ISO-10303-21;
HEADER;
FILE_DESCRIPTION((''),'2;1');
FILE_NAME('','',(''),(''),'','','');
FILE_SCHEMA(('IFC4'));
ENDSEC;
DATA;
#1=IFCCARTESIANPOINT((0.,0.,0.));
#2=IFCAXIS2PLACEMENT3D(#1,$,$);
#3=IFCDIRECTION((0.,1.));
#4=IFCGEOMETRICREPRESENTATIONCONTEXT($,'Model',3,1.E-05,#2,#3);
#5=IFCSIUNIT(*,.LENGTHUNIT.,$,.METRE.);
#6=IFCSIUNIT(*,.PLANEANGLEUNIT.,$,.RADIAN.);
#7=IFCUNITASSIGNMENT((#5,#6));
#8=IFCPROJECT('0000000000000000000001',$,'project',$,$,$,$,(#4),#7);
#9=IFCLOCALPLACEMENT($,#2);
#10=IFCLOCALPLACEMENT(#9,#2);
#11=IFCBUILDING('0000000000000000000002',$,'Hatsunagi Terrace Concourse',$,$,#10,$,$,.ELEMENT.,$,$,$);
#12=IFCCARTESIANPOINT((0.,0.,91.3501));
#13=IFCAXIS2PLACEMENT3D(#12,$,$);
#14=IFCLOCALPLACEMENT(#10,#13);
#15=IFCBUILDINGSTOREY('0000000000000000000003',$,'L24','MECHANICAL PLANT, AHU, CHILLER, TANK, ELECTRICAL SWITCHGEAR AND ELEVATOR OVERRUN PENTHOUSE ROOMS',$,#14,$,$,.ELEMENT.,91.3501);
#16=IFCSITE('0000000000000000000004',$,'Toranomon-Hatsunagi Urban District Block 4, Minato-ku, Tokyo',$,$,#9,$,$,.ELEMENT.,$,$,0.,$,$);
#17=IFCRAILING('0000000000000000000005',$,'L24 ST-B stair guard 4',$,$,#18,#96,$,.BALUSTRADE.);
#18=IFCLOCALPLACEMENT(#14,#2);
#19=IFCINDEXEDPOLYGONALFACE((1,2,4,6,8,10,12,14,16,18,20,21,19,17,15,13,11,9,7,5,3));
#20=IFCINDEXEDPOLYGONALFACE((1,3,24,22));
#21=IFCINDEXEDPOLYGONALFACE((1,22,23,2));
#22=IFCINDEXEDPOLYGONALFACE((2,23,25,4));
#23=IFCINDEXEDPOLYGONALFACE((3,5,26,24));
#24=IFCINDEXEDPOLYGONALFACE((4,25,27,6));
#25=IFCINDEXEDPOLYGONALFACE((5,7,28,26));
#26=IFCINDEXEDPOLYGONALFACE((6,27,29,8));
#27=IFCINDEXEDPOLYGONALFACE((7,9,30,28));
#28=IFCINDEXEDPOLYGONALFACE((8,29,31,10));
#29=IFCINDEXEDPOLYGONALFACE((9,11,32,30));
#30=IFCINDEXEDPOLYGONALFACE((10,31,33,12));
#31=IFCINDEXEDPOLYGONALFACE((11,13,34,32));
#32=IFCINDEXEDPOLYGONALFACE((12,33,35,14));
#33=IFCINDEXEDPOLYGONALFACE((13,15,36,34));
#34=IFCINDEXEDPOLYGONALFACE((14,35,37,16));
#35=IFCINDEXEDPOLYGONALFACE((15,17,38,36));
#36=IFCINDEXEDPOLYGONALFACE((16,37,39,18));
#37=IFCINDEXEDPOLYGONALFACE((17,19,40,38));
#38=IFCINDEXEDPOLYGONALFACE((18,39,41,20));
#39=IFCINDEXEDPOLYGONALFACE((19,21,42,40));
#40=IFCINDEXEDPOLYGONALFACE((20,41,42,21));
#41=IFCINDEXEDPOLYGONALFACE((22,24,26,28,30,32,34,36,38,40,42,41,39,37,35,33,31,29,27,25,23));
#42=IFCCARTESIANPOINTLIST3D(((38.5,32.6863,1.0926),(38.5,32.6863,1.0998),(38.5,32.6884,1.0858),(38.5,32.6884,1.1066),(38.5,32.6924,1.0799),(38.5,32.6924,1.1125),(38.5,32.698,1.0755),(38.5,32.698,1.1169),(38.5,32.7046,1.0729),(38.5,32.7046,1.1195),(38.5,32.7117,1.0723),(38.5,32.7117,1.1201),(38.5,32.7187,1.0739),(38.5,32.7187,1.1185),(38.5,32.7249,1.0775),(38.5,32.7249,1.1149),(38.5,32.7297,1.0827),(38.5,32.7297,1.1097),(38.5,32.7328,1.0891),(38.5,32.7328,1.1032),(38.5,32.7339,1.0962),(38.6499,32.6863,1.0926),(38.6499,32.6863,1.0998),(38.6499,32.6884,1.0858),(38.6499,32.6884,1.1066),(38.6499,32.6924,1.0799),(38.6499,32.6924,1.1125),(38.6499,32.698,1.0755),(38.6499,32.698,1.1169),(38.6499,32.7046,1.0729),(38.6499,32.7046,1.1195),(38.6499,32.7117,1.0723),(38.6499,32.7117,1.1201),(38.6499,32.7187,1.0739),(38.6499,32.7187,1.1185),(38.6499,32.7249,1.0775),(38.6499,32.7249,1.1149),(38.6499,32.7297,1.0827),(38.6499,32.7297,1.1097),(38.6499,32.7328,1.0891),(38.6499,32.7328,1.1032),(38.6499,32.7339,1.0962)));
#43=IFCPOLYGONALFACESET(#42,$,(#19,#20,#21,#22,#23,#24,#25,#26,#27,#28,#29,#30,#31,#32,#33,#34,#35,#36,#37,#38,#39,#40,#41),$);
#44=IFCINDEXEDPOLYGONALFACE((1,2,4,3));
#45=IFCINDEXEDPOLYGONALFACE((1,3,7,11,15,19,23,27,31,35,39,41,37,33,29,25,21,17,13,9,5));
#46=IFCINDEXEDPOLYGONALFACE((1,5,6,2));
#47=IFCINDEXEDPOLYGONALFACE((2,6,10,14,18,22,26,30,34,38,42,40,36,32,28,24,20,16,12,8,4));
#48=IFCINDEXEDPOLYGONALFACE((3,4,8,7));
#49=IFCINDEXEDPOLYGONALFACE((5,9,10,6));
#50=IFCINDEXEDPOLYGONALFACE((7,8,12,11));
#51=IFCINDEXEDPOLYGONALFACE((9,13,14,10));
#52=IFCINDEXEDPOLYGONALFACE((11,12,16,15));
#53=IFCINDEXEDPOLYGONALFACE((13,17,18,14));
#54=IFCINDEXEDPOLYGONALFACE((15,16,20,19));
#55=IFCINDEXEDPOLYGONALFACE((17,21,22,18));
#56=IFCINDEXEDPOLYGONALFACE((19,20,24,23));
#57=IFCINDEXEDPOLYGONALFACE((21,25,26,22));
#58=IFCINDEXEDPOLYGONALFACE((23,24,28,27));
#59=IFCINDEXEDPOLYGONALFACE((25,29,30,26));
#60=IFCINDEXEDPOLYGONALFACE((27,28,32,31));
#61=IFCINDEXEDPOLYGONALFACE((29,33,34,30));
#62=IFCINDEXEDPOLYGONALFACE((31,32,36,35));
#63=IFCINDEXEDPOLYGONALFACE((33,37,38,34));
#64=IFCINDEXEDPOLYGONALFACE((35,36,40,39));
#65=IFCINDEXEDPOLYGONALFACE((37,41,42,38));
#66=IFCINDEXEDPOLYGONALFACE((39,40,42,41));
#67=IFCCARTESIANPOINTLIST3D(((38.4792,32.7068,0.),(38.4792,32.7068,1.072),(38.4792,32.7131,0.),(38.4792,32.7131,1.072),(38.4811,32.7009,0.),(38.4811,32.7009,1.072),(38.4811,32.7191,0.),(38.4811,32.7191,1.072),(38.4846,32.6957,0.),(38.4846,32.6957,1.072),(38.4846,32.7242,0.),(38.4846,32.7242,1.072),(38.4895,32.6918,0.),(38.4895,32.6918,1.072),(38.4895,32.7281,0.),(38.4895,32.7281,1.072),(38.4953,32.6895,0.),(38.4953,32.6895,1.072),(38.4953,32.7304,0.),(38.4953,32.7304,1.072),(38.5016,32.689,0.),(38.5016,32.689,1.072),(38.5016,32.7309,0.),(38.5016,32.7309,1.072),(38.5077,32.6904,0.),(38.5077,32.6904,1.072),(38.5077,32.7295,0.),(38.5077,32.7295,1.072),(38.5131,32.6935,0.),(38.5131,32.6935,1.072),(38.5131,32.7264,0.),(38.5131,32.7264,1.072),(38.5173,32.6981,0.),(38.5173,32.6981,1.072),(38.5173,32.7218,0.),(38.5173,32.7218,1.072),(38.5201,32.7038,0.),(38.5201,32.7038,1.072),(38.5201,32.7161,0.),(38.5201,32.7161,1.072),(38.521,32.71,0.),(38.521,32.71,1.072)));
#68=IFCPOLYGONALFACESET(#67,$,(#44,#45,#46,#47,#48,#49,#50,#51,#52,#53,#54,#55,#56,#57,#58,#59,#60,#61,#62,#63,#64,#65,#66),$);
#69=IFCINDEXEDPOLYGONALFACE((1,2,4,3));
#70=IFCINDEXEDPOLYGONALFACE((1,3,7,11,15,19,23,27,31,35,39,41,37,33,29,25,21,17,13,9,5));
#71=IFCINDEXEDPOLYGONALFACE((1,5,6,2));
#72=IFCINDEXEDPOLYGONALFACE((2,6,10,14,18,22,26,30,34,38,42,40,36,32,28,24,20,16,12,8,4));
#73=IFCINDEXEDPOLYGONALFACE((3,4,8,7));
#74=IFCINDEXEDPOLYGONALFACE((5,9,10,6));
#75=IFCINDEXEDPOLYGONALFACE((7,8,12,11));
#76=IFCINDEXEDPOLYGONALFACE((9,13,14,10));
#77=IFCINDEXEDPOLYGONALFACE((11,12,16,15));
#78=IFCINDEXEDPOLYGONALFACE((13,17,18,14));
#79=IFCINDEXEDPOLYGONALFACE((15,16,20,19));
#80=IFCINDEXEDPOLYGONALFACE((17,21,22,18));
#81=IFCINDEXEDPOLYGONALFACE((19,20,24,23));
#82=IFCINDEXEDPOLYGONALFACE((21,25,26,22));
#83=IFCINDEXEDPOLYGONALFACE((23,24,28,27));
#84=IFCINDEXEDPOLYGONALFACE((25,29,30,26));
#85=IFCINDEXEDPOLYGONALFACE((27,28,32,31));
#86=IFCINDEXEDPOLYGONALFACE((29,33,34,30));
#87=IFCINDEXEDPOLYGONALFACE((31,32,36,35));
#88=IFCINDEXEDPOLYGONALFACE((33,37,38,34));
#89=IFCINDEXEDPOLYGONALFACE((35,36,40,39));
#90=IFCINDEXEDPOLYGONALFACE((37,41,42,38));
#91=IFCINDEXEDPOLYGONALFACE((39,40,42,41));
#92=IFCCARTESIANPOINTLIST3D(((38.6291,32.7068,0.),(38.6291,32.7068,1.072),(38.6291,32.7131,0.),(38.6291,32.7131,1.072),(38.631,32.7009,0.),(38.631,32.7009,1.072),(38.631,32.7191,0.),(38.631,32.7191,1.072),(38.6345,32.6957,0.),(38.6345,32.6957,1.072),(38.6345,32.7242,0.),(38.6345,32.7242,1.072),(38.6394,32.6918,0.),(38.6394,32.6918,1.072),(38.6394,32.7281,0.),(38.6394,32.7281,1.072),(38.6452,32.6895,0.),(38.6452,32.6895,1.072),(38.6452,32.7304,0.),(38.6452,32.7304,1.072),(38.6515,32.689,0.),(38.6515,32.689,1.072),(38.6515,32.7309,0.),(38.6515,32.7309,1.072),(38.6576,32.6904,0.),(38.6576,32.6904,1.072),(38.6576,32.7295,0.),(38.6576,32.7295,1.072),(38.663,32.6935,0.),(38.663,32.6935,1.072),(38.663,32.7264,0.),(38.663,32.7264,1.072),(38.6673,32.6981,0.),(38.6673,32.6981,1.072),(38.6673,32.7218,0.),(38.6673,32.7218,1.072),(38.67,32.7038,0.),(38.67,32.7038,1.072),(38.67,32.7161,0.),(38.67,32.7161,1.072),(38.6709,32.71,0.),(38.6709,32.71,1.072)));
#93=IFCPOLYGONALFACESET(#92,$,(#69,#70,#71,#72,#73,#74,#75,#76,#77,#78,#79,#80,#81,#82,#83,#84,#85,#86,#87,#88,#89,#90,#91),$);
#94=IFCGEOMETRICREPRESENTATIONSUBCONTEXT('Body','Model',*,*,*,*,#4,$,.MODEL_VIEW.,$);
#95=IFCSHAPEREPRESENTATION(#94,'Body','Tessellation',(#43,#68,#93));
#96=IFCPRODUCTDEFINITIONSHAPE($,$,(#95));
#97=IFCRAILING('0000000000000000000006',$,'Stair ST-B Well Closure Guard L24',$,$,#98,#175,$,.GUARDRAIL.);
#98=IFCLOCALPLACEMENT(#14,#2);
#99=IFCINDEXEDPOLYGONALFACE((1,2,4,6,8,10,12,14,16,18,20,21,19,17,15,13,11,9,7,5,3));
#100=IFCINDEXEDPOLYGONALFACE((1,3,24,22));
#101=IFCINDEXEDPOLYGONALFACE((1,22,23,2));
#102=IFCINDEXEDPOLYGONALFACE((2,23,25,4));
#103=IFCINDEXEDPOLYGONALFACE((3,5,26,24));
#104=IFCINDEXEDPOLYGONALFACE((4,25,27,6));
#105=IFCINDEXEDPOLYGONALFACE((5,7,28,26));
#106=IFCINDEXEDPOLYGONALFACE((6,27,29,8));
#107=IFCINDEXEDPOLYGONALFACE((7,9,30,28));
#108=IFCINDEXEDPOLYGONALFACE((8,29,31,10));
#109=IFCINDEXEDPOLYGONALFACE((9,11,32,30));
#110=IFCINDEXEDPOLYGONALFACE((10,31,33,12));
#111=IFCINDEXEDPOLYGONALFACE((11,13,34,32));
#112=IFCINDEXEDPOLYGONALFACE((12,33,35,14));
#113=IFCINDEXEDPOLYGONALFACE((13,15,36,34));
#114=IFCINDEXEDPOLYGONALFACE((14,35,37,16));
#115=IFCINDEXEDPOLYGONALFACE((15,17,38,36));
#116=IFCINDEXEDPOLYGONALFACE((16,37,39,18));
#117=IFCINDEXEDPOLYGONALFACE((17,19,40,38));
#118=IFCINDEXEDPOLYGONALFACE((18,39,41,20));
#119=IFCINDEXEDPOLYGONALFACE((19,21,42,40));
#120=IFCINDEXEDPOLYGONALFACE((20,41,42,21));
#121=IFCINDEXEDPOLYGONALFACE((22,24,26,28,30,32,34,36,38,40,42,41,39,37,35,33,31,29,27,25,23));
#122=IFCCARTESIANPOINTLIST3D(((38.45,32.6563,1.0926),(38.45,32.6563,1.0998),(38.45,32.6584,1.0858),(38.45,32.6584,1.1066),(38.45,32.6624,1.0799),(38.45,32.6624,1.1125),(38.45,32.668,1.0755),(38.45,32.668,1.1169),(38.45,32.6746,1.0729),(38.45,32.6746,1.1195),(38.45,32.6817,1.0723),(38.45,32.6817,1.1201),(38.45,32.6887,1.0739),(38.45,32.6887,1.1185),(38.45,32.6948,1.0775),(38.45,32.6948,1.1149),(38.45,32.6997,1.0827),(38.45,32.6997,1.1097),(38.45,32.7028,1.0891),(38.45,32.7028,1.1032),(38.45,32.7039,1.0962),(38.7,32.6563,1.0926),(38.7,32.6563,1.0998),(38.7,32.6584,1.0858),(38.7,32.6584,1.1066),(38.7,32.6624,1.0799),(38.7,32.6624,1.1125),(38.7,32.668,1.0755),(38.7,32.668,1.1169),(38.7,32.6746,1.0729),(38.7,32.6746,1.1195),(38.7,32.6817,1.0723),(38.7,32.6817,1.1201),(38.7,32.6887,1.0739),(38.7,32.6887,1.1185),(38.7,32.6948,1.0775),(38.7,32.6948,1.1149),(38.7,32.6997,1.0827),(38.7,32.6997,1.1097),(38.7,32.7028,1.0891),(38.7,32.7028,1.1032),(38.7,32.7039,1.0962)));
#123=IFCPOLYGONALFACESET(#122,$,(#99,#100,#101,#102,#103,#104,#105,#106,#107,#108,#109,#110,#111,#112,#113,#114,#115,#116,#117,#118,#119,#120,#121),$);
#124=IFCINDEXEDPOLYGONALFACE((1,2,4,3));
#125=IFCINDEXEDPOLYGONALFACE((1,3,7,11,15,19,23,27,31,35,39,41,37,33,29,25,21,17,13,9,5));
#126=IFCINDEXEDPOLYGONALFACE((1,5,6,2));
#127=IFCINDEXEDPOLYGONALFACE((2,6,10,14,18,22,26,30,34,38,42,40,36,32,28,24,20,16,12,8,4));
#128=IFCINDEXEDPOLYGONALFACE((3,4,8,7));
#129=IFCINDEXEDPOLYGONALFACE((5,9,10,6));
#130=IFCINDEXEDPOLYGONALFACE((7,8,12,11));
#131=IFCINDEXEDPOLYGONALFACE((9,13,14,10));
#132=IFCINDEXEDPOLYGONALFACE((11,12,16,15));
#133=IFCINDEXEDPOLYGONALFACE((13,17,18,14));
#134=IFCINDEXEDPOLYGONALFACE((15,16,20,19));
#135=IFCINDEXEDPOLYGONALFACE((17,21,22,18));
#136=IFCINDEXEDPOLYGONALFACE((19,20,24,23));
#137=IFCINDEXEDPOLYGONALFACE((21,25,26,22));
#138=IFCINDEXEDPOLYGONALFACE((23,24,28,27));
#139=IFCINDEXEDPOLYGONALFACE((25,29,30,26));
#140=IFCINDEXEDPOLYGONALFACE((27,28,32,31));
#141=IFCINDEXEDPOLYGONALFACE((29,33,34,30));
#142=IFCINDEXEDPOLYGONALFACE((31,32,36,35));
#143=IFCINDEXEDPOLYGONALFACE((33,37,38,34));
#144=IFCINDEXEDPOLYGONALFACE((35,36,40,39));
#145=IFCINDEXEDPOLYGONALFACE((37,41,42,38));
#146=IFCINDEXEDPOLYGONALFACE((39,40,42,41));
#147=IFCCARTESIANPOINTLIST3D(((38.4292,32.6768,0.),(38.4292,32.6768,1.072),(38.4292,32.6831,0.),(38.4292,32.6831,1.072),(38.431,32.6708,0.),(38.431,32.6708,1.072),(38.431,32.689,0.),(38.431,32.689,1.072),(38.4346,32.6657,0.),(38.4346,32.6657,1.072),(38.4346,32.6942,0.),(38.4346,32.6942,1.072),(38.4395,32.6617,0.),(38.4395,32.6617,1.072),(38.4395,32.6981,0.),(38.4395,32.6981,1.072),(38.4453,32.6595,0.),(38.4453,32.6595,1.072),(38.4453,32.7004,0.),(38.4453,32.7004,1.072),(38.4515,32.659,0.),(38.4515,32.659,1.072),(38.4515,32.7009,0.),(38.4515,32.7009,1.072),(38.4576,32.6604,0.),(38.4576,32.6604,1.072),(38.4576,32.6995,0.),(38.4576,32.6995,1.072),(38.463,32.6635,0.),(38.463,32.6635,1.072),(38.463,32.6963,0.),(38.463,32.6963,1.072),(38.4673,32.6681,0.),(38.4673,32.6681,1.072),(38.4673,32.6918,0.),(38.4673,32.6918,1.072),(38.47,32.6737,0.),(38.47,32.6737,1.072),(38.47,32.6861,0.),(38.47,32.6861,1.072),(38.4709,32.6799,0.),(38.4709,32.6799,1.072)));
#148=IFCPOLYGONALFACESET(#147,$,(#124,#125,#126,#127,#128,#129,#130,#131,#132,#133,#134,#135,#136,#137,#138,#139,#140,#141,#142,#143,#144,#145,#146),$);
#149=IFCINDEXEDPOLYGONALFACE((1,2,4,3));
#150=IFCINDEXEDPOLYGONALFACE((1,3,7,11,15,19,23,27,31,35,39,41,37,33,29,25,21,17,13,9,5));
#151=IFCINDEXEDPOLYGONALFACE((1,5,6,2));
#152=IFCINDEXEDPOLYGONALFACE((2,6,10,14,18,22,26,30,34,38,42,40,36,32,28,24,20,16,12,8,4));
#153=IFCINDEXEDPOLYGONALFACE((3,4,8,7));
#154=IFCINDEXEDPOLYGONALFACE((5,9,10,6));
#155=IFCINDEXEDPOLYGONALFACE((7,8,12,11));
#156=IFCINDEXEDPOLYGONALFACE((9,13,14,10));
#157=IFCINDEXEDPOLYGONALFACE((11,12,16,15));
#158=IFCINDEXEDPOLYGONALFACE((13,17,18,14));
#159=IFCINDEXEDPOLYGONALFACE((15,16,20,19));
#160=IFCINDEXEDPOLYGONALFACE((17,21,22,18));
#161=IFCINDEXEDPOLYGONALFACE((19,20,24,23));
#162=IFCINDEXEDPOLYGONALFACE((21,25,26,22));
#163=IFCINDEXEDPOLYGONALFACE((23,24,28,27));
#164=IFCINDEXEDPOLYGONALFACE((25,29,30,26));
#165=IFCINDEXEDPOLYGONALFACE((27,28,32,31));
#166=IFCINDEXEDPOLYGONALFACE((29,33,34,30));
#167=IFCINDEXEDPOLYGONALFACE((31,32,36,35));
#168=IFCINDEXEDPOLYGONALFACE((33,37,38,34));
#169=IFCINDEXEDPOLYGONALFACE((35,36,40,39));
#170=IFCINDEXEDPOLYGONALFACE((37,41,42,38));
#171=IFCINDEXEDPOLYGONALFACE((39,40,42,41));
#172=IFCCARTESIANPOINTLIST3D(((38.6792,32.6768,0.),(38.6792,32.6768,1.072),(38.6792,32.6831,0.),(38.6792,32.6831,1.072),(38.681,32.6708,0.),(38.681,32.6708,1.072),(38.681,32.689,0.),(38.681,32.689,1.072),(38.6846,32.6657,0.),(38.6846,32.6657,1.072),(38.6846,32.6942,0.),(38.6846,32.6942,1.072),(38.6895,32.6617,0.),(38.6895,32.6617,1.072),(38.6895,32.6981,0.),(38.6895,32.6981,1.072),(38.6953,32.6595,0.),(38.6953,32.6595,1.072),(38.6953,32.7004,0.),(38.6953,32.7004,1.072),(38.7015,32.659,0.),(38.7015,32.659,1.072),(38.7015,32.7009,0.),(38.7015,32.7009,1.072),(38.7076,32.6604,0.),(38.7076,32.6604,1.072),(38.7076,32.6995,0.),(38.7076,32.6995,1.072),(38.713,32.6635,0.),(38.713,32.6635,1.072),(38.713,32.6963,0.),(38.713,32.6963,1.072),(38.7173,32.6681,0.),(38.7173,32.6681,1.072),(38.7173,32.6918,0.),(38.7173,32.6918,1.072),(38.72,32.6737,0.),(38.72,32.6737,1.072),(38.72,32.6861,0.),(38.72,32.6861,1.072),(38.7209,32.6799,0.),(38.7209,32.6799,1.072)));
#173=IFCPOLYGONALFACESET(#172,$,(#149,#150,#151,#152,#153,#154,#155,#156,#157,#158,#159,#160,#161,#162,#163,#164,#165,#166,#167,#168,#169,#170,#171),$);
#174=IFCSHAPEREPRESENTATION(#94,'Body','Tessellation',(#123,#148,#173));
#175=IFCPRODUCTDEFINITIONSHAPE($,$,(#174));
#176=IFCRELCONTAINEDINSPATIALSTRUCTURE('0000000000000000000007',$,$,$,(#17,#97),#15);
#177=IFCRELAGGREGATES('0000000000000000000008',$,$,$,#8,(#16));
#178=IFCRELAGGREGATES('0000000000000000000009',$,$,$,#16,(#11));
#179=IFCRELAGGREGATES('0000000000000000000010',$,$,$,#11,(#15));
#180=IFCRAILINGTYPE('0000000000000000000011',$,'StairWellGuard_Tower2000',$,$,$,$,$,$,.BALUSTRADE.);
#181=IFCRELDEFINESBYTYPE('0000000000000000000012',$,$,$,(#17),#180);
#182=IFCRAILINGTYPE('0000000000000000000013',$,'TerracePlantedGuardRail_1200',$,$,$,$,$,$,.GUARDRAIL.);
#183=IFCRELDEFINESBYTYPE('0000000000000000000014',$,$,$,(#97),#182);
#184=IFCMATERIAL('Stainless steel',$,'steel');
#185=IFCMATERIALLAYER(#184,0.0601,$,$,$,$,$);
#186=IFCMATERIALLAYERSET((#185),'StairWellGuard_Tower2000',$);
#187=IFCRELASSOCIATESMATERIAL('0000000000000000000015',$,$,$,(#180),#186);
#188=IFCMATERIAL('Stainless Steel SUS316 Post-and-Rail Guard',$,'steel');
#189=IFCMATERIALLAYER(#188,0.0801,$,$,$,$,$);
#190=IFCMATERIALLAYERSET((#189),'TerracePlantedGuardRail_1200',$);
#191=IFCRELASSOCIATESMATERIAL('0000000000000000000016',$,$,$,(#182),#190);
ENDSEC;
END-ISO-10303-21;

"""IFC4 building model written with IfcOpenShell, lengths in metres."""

from ifc_helpers import new_model, si_unit, direction, frame, origin, origin_2d, place, context, subcontext, project, spatial, circle, extrude, material, layer, layer_set, type_object, element, save


model = new_model("IFC4")

# Units and contexts
model_context = context("Model", 3, precision=1e-05, world=origin(), true_north=direction((0.0, 1.0)))
body_context = subcontext(model_context, "Body", "Model", "MODEL_VIEW")
ifc_project = project(units=[si_unit("LENGTHUNIT", "METRE"), si_unit("PLANEANGLEUNIT", "RADIAN")], contexts=[model_context])

# Site, building, storey
site_placement = place(None, origin())
site = spatial("IfcSite", under=ifc_project, at=site_placement, Name="Toranomon-Hatsunagi Urban District Block 4, Minato-ku, Tokyo", CompositionType="ELEMENT", RefElevation=0.0)
building_placement = place(site_placement, origin())
building = spatial("IfcBuilding", under=site, at=building_placement, Name="Hatsunagi Terrace Concourse", CompositionType="ELEMENT")
storey_placement = place(building_placement, frame((0.0, 0.0, 91.3501)))
storey = spatial("IfcBuildingStorey", under=building, at=storey_placement, Name="L24", Description="MECHANICAL PLANT, AHU, CHILLER, TANK, ELECTRICAL SWITCHGEAR AND ELEVATOR OVERRUN PENTHOUSE ROOMS", CompositionType="ELEMENT", Elevation=91.3501)

# Railings
ifc_material_1 = material(Name="Stainless steel", Category="steel")
ifc_layer_1 = layer(ifc_material_1, 0.0601)
ifc_layer_set_1 = layer_set([ifc_layer_1], Name="StairWellGuard_Tower2000")
railing_type_1 = type_object("IfcRailingType", Name="StairWellGuard_Tower2000", PredefinedType="BALUSTRADE", material=ifc_layer_set_1)
railing_1_placement = place(storey_placement, frame((38.5, 32.71, 0.0)))
element("IfcRailing", 1, at=railing_1_placement, inside=storey, type_object=railing_type_1, Name="L24 ST-B stair guard 4", PredefinedType="BALUSTRADE", context=body_context, shape_type="SweptSolid", body=[
    extrude(circle(Radius=0.0239, at=origin_2d()), frame((0.0, 0.0, 1.0962), z_axis=(1.0, 0.0, 0.0), x_axis=(0.0, 1.0, 0.0)), (0.0, 0.0, 1.0), 0.1499),
    extrude(circle(Radius=0.021, at=origin_2d()), origin(), (0.0, 0.0, 1.0), 1.072),
    extrude(circle(Radius=0.021, at=origin_2d()), frame((0.1499, 0.0, 0.0)), (0.0, 0.0, 1.0), 1.072),
])
ifc_material_2 = material(Name="Stainless Steel SUS316 Post-and-Rail Guard", Category="steel")
ifc_layer_2 = layer(ifc_material_2, 0.0801)
ifc_layer_set_2 = layer_set([ifc_layer_2], Name="TerracePlantedGuardRail_1200")
railing_type_2 = type_object("IfcRailingType", Name="TerracePlantedGuardRail_1200", PredefinedType="GUARDRAIL", material=ifc_layer_set_2)
railing_2_placement = place(storey_placement, frame((38.45, 32.6799, 0.0)))
element("IfcRailing", 2, at=railing_2_placement, inside=storey, type_object=railing_type_2, Name="Stair ST-B Well Closure Guard L24", PredefinedType="GUARDRAIL", context=body_context, shape_type="SweptSolid", body=[
    extrude(circle(Radius=0.0239, at=origin_2d()), frame((0.0, 0.0, 1.0962), z_axis=(1.0, 0.0, 0.0), x_axis=(0.0, 1.0, 0.0)), (0.0, 0.0, 1.0), 0.25),
    extrude(circle(Radius=0.021, at=origin_2d()), origin(), (0.0, 0.0, 1.0), 1.072),
    extrude(circle(Radius=0.021, at=origin_2d()), frame((0.25, 0.0, 0.0)), (0.0, 0.0, 1.0), 1.072),
])

save(model, "model.ifc")
